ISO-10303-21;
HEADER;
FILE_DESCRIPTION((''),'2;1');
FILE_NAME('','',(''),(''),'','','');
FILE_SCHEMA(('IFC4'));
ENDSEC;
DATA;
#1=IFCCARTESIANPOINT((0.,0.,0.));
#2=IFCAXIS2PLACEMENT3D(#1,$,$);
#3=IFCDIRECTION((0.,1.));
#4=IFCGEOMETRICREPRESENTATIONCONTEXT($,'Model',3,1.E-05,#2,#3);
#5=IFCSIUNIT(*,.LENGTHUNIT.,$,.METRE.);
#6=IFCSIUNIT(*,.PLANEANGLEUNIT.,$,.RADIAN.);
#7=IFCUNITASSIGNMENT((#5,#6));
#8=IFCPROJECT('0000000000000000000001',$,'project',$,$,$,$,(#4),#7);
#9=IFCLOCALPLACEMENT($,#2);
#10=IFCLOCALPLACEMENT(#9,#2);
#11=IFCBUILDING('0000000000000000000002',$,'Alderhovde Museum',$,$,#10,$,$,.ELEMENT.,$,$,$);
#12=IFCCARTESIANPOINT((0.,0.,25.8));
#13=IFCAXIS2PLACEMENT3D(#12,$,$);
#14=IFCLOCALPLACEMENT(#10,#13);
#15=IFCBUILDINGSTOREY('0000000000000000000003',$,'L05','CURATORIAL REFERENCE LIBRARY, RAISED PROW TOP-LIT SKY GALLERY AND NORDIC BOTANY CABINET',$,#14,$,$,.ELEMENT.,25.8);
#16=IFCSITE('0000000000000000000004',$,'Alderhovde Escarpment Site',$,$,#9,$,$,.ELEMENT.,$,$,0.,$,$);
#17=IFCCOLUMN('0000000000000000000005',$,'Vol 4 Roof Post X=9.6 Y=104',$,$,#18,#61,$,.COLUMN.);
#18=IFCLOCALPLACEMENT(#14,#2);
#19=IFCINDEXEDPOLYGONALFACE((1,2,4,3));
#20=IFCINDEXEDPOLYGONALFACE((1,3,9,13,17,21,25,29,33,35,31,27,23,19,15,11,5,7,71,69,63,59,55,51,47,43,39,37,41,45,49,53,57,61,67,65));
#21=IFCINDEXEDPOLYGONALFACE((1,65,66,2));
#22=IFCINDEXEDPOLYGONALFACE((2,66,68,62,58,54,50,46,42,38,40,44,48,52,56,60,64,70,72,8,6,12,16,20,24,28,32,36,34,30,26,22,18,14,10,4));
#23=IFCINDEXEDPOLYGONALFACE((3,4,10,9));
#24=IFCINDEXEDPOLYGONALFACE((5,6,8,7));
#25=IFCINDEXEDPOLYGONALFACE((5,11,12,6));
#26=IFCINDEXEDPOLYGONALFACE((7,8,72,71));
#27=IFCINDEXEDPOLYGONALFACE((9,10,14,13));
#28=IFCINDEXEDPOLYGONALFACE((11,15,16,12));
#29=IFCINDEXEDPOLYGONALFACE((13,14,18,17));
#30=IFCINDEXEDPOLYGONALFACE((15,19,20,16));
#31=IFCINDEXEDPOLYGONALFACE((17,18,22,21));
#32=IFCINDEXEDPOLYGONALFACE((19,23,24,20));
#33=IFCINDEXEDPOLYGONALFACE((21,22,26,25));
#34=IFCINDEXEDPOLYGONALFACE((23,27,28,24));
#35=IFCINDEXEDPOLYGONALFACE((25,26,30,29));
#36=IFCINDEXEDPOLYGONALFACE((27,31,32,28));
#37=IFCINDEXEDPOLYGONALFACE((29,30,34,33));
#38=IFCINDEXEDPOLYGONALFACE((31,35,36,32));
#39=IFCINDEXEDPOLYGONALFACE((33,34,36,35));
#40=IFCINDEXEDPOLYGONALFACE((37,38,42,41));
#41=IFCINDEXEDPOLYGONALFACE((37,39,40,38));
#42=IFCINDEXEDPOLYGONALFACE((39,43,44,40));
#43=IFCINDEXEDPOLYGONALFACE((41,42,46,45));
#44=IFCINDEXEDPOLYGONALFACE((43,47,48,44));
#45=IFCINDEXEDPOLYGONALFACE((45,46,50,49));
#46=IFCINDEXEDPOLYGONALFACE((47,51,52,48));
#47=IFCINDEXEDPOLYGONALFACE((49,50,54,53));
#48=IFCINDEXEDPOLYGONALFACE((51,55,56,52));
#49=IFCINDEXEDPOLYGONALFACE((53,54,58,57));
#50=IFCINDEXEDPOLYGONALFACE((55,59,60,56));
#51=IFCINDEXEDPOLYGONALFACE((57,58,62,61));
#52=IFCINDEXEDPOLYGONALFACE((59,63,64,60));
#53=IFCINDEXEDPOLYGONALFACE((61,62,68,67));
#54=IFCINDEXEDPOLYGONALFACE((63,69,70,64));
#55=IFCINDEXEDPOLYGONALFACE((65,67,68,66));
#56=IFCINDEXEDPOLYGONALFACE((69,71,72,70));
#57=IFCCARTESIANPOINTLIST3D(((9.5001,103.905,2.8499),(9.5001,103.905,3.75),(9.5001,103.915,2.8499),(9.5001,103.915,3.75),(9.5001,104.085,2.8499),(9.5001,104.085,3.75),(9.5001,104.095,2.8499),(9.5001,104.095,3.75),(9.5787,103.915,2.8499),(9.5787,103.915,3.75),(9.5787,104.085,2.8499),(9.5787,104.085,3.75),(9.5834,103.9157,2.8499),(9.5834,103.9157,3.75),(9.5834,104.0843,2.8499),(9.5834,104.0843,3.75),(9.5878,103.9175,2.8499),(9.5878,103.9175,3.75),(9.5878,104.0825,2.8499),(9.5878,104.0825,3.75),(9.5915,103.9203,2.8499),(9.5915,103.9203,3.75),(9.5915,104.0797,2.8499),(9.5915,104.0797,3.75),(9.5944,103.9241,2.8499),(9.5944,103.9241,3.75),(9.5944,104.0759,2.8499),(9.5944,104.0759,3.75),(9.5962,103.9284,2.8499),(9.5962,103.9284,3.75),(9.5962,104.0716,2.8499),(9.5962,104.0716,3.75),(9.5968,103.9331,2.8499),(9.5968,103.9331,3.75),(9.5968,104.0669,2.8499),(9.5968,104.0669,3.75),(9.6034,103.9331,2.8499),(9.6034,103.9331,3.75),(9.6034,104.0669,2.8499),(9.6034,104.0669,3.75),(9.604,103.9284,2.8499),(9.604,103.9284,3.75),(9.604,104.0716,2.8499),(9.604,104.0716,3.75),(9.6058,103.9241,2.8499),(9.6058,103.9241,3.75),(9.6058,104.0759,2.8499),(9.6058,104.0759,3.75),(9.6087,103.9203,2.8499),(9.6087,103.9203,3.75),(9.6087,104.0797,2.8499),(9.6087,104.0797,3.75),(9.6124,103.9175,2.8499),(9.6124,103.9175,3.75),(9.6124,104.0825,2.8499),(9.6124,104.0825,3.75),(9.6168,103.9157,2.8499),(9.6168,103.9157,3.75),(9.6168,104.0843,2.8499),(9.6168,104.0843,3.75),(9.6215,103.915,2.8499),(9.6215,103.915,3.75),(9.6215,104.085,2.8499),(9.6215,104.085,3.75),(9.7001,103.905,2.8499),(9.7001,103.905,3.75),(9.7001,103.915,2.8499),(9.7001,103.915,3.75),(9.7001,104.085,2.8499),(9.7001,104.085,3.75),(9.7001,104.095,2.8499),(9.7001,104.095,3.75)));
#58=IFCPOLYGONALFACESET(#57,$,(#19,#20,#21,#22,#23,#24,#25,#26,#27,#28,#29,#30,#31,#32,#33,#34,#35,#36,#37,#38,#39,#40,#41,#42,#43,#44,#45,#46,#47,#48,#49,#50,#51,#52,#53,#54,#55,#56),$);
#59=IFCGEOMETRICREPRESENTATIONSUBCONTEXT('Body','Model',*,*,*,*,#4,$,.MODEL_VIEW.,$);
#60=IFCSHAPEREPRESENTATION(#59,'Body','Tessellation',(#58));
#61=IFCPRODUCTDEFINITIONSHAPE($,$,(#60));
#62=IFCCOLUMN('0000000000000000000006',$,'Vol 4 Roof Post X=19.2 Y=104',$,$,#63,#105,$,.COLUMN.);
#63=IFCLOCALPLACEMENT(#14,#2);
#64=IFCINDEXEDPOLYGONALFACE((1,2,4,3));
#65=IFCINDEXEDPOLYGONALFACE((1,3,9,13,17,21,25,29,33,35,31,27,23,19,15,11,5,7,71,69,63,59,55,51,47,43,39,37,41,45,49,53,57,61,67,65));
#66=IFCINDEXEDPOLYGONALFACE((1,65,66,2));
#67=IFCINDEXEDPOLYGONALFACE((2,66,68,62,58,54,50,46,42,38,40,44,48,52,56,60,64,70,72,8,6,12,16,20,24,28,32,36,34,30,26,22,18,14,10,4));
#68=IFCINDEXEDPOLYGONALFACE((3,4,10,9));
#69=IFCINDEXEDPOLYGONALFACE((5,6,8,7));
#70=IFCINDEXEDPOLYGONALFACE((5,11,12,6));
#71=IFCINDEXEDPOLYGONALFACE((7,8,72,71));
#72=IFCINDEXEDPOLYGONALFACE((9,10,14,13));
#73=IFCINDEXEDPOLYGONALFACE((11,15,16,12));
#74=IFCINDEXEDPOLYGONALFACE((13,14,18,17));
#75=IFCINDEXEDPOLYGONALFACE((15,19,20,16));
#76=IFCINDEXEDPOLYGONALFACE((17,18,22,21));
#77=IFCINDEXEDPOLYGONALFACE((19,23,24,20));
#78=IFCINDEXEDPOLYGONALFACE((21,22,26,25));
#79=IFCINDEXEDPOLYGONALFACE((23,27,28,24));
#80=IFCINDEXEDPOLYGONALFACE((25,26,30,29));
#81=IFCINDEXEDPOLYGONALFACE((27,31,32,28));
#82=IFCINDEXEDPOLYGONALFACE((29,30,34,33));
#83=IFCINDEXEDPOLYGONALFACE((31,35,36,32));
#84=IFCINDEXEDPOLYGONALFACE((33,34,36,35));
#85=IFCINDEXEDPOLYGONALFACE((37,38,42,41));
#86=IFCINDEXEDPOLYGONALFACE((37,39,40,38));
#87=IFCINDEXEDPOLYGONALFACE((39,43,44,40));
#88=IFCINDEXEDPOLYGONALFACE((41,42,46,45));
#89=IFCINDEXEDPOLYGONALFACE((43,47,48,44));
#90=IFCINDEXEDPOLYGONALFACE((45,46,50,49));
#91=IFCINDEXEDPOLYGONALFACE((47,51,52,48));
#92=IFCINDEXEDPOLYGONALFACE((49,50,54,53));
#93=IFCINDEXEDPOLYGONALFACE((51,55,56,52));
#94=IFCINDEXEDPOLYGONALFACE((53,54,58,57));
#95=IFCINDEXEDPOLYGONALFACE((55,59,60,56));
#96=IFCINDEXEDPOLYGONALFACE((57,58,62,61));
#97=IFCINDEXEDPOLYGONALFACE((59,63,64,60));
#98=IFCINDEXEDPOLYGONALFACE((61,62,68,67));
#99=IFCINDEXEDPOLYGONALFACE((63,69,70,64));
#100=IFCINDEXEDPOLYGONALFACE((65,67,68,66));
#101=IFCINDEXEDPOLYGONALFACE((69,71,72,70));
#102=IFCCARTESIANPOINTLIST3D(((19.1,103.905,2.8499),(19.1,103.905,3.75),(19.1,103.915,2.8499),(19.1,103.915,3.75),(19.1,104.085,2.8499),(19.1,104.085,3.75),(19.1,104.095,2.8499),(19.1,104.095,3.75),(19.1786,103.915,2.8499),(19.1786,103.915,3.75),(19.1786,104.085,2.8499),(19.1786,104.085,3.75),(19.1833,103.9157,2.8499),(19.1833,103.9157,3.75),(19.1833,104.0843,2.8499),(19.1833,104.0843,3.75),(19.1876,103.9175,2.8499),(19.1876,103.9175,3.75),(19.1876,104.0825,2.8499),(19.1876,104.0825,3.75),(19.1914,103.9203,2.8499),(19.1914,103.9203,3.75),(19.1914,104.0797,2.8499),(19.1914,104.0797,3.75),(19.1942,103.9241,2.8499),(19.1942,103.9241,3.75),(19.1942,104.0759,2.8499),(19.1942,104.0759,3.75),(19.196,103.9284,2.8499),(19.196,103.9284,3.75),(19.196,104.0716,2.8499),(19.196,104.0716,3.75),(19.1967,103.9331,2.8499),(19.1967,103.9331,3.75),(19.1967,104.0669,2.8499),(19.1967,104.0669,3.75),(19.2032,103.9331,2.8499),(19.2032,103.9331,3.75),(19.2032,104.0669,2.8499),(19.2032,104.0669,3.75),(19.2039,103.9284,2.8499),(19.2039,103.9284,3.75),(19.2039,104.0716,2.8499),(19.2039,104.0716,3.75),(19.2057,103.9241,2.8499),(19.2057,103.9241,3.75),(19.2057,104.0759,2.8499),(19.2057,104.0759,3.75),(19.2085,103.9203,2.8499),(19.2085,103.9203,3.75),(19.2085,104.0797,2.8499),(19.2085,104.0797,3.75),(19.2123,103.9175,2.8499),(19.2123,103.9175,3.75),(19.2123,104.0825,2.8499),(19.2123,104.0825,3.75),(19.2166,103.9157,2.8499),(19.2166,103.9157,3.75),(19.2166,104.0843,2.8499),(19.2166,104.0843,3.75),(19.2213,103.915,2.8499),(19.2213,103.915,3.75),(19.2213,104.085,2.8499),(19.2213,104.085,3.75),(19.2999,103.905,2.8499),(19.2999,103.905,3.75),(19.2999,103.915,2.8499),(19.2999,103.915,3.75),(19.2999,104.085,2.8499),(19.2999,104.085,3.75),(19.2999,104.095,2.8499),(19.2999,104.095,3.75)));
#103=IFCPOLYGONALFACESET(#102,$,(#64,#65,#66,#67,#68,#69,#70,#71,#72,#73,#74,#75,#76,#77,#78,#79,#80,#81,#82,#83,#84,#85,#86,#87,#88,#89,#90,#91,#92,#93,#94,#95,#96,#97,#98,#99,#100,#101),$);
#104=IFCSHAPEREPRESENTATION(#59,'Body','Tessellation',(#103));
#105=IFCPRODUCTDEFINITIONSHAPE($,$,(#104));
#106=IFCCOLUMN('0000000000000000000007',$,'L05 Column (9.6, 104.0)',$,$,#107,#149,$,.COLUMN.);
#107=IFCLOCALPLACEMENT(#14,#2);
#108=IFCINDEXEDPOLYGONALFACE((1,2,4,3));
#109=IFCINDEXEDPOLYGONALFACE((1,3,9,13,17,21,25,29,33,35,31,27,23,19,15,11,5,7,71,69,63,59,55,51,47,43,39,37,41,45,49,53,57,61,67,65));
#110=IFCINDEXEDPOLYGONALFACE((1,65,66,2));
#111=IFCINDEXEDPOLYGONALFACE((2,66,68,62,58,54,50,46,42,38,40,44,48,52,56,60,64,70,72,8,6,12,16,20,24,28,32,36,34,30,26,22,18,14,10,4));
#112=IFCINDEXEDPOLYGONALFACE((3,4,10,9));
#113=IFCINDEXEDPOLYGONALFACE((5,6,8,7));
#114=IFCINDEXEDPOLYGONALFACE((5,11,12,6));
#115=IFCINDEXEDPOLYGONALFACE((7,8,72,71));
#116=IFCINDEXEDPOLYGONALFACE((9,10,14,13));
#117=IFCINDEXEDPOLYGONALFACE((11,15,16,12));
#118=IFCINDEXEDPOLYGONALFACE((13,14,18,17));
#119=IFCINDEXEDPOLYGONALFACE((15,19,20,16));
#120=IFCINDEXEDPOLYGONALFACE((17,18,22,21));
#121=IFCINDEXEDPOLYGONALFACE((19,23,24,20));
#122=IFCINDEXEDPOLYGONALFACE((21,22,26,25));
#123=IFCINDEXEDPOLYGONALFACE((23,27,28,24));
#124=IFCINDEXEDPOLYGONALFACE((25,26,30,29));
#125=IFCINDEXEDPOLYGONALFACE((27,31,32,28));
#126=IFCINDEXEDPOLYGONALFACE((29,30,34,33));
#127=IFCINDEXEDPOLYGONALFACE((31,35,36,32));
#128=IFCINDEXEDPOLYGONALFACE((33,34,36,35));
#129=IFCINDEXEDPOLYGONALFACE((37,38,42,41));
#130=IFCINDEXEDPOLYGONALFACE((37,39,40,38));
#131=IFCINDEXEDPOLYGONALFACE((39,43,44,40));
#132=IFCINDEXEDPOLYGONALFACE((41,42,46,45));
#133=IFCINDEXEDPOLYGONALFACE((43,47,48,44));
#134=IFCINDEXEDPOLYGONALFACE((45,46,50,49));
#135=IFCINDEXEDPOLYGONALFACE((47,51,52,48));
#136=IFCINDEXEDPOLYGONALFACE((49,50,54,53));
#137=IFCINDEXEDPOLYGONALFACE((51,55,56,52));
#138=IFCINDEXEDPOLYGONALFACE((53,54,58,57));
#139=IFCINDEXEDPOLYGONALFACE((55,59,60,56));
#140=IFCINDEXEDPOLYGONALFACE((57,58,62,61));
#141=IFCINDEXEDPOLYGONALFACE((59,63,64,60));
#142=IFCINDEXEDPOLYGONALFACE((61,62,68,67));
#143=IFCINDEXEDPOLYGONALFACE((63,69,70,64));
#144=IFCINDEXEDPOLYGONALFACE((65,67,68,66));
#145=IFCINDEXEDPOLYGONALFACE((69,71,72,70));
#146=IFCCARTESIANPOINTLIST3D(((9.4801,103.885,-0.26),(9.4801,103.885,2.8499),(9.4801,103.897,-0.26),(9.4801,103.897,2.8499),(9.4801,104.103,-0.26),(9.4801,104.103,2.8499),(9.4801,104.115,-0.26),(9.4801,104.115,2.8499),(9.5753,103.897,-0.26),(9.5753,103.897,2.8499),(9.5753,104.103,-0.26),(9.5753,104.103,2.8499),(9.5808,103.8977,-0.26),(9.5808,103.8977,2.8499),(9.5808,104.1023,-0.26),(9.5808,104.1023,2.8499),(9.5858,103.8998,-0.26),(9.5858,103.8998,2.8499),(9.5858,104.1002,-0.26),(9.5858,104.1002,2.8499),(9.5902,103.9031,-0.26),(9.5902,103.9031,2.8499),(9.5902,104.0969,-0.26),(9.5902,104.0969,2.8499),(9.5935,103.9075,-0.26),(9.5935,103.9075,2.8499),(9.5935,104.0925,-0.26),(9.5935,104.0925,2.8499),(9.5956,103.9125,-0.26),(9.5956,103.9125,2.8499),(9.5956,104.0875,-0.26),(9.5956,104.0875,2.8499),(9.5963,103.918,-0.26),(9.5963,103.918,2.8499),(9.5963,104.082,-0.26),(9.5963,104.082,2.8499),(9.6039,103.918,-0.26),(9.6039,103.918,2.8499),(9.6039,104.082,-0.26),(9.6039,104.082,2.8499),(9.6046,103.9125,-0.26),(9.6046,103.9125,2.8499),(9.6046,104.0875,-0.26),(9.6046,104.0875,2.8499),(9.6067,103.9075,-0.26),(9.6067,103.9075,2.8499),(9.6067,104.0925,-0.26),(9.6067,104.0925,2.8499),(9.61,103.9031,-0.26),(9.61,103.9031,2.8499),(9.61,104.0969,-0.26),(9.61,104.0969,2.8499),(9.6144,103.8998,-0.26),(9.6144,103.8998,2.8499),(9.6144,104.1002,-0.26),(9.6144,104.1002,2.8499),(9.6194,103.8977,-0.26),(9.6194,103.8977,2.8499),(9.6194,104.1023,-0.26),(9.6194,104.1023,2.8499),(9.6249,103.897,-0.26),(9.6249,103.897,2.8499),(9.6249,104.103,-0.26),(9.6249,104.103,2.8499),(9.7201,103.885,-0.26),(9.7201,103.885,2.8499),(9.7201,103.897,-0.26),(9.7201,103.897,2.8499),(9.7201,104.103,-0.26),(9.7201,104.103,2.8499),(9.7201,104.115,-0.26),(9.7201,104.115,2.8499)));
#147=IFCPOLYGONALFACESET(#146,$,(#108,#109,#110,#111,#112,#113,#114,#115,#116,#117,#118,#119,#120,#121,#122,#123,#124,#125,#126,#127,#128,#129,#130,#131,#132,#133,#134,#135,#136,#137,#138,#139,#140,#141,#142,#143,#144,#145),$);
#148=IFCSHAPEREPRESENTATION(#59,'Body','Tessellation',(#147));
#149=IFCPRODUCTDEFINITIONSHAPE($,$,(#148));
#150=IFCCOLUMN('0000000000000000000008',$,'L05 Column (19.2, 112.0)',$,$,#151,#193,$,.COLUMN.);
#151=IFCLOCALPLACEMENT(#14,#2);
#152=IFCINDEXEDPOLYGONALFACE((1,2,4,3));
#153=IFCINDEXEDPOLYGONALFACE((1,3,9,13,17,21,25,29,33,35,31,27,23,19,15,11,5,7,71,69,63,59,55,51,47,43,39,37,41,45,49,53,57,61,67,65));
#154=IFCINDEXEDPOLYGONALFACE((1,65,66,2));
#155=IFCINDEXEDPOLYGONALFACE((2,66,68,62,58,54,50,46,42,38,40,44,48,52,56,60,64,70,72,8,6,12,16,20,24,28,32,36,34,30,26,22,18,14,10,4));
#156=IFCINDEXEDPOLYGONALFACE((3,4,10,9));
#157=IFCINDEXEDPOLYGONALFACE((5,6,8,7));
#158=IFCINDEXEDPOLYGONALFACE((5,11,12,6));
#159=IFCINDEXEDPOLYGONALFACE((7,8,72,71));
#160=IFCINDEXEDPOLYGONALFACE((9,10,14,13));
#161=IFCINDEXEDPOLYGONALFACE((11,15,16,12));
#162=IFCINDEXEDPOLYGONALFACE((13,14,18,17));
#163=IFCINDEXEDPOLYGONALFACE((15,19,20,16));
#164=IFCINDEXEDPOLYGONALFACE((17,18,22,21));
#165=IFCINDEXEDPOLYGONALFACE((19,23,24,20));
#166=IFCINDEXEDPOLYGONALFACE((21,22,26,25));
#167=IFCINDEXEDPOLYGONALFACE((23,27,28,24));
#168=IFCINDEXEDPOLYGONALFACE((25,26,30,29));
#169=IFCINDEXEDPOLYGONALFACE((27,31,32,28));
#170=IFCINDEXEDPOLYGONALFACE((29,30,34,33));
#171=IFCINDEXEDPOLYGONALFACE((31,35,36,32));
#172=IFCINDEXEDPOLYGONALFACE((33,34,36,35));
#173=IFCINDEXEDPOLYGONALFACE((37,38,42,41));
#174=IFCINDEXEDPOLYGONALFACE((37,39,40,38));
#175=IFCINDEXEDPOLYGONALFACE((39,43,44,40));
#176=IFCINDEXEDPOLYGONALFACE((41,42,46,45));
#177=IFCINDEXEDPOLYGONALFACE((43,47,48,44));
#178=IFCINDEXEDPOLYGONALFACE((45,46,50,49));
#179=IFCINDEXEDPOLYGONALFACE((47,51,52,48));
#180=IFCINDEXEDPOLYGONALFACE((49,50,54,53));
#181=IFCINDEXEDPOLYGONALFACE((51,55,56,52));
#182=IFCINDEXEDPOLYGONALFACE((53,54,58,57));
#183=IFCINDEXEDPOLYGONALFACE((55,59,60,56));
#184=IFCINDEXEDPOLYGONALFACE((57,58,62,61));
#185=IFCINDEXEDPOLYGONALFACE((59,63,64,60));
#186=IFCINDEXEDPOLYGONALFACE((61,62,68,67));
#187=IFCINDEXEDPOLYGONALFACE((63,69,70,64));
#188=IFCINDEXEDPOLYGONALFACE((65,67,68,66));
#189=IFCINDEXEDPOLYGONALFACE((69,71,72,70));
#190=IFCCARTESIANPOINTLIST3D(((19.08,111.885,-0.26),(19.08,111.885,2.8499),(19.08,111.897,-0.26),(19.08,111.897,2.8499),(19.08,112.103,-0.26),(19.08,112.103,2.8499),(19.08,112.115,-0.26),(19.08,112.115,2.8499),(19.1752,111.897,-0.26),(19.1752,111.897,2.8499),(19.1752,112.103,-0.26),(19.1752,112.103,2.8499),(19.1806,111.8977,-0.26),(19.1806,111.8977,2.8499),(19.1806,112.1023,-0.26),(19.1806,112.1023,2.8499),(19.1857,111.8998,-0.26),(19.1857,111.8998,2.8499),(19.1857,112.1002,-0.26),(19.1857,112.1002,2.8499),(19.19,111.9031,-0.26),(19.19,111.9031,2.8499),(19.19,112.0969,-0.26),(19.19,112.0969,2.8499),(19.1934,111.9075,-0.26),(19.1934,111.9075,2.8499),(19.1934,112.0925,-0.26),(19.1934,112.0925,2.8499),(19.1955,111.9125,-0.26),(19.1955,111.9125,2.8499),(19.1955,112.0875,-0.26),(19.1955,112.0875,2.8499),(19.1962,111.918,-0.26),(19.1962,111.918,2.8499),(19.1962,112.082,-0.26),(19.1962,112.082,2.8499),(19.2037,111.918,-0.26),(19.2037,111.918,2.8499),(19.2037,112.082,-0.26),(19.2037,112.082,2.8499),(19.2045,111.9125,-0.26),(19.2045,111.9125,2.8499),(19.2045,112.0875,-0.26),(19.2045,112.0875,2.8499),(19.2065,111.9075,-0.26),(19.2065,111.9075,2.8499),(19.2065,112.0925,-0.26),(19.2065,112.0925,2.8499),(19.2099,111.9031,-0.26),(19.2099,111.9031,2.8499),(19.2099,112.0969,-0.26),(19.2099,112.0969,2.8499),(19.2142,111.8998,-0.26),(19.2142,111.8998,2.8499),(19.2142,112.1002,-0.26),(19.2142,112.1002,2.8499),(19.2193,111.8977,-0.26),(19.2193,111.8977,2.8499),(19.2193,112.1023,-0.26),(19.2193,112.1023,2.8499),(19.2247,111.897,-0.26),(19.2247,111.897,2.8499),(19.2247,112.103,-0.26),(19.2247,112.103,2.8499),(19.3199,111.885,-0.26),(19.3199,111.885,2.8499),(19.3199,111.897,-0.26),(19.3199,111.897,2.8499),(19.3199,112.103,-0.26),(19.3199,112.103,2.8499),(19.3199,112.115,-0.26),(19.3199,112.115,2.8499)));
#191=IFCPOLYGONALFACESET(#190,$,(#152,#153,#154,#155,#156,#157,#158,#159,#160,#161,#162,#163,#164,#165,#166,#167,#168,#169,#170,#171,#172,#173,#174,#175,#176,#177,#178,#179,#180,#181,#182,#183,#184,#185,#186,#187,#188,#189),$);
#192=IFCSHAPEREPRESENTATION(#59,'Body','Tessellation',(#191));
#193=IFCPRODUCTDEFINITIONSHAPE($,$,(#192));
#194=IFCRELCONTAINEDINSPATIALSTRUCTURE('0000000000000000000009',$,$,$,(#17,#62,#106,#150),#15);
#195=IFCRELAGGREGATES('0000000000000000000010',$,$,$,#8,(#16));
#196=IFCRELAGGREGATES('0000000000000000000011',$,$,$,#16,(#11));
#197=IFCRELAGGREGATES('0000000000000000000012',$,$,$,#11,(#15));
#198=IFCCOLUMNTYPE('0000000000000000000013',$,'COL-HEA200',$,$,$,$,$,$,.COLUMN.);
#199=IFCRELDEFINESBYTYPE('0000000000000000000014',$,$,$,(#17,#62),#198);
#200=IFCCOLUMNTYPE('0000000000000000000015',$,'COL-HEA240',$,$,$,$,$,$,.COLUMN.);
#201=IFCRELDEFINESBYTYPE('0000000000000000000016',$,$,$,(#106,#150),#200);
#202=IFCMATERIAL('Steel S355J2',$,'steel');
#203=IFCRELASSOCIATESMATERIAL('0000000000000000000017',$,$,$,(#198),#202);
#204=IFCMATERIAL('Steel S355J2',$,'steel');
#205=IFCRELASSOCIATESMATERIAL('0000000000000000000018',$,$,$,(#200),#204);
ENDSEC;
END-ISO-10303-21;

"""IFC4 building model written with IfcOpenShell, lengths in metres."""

from ifc_helpers import new_model, si_unit, direction, frame, origin, origin_2d, place, context, subcontext, project, spatial, i_section, extrude, material, material_profile, profile_set, type_object, element, save


model = new_model("IFC4")

# Units and contexts
model_context = context("Model", 3, precision=1e-05, world=origin(), true_north=direction((0.0, 1.0)))
body_context = subcontext(model_context, "Body", "Model", "MODEL_VIEW")
ifc_project = project(units=[si_unit("LENGTHUNIT", "METRE"), si_unit("PLANEANGLEUNIT", "RADIAN")], contexts=[model_context])

# Site, building, storey
site_placement = place(None, origin())
site = spatial("IfcSite", under=ifc_project, at=site_placement, Name="Alderhovde Escarpment Site", CompositionType="ELEMENT", RefElevation=0.0)
building_placement = place(site_placement, origin())
building = spatial("IfcBuilding", under=site, at=building_placement, Name="Alderhovde Museum", CompositionType="ELEMENT")
storey_placement = place(building_placement, frame((0.0, 0.0, 25.8)))
storey = spatial("IfcBuildingStorey", under=building, at=storey_placement, Name="L05", Description="CURATORIAL REFERENCE LIBRARY, RAISED PROW TOP-LIT SKY GALLERY AND NORDIC BOTANY CABINET", CompositionType="ELEMENT", Elevation=25.8)

# Columns
ifc_material_1 = material(Name="Steel S355J2", Category="steel")
ifc_material_profile_1 = material_profile(ifc_material_1, i_section(OverallWidth=0.2, OverallDepth=0.1899, WebThickness=0.0066, FlangeThickness=0.01, FilletRadius=0.0181, at=origin_2d()), Name="HEA 200")
ifc_profile_set_1 = profile_set([ifc_material_profile_1], Name="Steel S355J2")
column_type_1 = type_object("IfcColumnType", Name="COL-HEA200", PredefinedType="COLUMN", material=ifc_profile_set_1)
for number, where, z_axis, x_axis, name in (
    (1, (9.6001, 104.0, 2.8499), (0.0, 0.0, 1.0), (1.0, 0.0, 0.0), "Vol 4 Roof Post X=9.6 Y=104"),
    (2, (19.2, 104.0, 2.8499), (0.0, 0.0, 1.0), (1.0, 0.0, 0.0), "Vol 4 Roof Post X=19.2 Y=104"),
):
    element("IfcColumn", number, at=place(storey_placement, frame(where, z_axis=z_axis, x_axis=x_axis)), inside=storey, type_object=column_type_1, Name=name, PredefinedType="COLUMN", context=body_context, shape_type="SweptSolid", body=[
        extrude(i_section(OverallWidth=0.2, OverallDepth=0.1899, WebThickness=0.0066, FlangeThickness=0.01, FilletRadius=0.0181, at=origin_2d()), origin(), (0.0, 0.0, 1.0), 0.9001),
    ])
ifc_material_2 = material(Name="Steel S355J2", Category="steel")
ifc_material_profile_2 = material_profile(ifc_material_2, i_section(OverallWidth=0.24, OverallDepth=0.23, WebThickness=0.0076, FlangeThickness=0.012, FilletRadius=0.021, at=origin_2d()), Name="HEA 240")
ifc_profile_set_2 = profile_set([ifc_material_profile_2], Name="Steel S355J2")
column_type_2 = type_object("IfcColumnType", Name="COL-HEA240", PredefinedType="COLUMN", material=ifc_profile_set_2)
for number, where, z_axis, x_axis, name in (
    (3, (9.6001, 104.0, -0.26), (0.0, 0.0, 1.0), (1.0, 0.0, 0.0), "L05 Column (9.6, 104.0)"),
    (4, (19.2, 112.0, -0.26), (0.0, 0.0, 1.0), (1.0, 0.0, 0.0), "L05 Column (19.2, 112.0)"),
):
    element("IfcColumn", number, at=place(storey_placement, frame(where, z_axis=z_axis, x_axis=x_axis)), inside=storey, type_object=column_type_2, Name=name, PredefinedType="COLUMN", context=body_context, shape_type="SweptSolid", body=[
        extrude(i_section(OverallWidth=0.24, OverallDepth=0.23, WebThickness=0.0076, FlangeThickness=0.012, FilletRadius=0.021, at=origin_2d()), origin(), (0.0, 0.0, 1.0), 3.1099),
    ])

save(model, "model.ifc")
